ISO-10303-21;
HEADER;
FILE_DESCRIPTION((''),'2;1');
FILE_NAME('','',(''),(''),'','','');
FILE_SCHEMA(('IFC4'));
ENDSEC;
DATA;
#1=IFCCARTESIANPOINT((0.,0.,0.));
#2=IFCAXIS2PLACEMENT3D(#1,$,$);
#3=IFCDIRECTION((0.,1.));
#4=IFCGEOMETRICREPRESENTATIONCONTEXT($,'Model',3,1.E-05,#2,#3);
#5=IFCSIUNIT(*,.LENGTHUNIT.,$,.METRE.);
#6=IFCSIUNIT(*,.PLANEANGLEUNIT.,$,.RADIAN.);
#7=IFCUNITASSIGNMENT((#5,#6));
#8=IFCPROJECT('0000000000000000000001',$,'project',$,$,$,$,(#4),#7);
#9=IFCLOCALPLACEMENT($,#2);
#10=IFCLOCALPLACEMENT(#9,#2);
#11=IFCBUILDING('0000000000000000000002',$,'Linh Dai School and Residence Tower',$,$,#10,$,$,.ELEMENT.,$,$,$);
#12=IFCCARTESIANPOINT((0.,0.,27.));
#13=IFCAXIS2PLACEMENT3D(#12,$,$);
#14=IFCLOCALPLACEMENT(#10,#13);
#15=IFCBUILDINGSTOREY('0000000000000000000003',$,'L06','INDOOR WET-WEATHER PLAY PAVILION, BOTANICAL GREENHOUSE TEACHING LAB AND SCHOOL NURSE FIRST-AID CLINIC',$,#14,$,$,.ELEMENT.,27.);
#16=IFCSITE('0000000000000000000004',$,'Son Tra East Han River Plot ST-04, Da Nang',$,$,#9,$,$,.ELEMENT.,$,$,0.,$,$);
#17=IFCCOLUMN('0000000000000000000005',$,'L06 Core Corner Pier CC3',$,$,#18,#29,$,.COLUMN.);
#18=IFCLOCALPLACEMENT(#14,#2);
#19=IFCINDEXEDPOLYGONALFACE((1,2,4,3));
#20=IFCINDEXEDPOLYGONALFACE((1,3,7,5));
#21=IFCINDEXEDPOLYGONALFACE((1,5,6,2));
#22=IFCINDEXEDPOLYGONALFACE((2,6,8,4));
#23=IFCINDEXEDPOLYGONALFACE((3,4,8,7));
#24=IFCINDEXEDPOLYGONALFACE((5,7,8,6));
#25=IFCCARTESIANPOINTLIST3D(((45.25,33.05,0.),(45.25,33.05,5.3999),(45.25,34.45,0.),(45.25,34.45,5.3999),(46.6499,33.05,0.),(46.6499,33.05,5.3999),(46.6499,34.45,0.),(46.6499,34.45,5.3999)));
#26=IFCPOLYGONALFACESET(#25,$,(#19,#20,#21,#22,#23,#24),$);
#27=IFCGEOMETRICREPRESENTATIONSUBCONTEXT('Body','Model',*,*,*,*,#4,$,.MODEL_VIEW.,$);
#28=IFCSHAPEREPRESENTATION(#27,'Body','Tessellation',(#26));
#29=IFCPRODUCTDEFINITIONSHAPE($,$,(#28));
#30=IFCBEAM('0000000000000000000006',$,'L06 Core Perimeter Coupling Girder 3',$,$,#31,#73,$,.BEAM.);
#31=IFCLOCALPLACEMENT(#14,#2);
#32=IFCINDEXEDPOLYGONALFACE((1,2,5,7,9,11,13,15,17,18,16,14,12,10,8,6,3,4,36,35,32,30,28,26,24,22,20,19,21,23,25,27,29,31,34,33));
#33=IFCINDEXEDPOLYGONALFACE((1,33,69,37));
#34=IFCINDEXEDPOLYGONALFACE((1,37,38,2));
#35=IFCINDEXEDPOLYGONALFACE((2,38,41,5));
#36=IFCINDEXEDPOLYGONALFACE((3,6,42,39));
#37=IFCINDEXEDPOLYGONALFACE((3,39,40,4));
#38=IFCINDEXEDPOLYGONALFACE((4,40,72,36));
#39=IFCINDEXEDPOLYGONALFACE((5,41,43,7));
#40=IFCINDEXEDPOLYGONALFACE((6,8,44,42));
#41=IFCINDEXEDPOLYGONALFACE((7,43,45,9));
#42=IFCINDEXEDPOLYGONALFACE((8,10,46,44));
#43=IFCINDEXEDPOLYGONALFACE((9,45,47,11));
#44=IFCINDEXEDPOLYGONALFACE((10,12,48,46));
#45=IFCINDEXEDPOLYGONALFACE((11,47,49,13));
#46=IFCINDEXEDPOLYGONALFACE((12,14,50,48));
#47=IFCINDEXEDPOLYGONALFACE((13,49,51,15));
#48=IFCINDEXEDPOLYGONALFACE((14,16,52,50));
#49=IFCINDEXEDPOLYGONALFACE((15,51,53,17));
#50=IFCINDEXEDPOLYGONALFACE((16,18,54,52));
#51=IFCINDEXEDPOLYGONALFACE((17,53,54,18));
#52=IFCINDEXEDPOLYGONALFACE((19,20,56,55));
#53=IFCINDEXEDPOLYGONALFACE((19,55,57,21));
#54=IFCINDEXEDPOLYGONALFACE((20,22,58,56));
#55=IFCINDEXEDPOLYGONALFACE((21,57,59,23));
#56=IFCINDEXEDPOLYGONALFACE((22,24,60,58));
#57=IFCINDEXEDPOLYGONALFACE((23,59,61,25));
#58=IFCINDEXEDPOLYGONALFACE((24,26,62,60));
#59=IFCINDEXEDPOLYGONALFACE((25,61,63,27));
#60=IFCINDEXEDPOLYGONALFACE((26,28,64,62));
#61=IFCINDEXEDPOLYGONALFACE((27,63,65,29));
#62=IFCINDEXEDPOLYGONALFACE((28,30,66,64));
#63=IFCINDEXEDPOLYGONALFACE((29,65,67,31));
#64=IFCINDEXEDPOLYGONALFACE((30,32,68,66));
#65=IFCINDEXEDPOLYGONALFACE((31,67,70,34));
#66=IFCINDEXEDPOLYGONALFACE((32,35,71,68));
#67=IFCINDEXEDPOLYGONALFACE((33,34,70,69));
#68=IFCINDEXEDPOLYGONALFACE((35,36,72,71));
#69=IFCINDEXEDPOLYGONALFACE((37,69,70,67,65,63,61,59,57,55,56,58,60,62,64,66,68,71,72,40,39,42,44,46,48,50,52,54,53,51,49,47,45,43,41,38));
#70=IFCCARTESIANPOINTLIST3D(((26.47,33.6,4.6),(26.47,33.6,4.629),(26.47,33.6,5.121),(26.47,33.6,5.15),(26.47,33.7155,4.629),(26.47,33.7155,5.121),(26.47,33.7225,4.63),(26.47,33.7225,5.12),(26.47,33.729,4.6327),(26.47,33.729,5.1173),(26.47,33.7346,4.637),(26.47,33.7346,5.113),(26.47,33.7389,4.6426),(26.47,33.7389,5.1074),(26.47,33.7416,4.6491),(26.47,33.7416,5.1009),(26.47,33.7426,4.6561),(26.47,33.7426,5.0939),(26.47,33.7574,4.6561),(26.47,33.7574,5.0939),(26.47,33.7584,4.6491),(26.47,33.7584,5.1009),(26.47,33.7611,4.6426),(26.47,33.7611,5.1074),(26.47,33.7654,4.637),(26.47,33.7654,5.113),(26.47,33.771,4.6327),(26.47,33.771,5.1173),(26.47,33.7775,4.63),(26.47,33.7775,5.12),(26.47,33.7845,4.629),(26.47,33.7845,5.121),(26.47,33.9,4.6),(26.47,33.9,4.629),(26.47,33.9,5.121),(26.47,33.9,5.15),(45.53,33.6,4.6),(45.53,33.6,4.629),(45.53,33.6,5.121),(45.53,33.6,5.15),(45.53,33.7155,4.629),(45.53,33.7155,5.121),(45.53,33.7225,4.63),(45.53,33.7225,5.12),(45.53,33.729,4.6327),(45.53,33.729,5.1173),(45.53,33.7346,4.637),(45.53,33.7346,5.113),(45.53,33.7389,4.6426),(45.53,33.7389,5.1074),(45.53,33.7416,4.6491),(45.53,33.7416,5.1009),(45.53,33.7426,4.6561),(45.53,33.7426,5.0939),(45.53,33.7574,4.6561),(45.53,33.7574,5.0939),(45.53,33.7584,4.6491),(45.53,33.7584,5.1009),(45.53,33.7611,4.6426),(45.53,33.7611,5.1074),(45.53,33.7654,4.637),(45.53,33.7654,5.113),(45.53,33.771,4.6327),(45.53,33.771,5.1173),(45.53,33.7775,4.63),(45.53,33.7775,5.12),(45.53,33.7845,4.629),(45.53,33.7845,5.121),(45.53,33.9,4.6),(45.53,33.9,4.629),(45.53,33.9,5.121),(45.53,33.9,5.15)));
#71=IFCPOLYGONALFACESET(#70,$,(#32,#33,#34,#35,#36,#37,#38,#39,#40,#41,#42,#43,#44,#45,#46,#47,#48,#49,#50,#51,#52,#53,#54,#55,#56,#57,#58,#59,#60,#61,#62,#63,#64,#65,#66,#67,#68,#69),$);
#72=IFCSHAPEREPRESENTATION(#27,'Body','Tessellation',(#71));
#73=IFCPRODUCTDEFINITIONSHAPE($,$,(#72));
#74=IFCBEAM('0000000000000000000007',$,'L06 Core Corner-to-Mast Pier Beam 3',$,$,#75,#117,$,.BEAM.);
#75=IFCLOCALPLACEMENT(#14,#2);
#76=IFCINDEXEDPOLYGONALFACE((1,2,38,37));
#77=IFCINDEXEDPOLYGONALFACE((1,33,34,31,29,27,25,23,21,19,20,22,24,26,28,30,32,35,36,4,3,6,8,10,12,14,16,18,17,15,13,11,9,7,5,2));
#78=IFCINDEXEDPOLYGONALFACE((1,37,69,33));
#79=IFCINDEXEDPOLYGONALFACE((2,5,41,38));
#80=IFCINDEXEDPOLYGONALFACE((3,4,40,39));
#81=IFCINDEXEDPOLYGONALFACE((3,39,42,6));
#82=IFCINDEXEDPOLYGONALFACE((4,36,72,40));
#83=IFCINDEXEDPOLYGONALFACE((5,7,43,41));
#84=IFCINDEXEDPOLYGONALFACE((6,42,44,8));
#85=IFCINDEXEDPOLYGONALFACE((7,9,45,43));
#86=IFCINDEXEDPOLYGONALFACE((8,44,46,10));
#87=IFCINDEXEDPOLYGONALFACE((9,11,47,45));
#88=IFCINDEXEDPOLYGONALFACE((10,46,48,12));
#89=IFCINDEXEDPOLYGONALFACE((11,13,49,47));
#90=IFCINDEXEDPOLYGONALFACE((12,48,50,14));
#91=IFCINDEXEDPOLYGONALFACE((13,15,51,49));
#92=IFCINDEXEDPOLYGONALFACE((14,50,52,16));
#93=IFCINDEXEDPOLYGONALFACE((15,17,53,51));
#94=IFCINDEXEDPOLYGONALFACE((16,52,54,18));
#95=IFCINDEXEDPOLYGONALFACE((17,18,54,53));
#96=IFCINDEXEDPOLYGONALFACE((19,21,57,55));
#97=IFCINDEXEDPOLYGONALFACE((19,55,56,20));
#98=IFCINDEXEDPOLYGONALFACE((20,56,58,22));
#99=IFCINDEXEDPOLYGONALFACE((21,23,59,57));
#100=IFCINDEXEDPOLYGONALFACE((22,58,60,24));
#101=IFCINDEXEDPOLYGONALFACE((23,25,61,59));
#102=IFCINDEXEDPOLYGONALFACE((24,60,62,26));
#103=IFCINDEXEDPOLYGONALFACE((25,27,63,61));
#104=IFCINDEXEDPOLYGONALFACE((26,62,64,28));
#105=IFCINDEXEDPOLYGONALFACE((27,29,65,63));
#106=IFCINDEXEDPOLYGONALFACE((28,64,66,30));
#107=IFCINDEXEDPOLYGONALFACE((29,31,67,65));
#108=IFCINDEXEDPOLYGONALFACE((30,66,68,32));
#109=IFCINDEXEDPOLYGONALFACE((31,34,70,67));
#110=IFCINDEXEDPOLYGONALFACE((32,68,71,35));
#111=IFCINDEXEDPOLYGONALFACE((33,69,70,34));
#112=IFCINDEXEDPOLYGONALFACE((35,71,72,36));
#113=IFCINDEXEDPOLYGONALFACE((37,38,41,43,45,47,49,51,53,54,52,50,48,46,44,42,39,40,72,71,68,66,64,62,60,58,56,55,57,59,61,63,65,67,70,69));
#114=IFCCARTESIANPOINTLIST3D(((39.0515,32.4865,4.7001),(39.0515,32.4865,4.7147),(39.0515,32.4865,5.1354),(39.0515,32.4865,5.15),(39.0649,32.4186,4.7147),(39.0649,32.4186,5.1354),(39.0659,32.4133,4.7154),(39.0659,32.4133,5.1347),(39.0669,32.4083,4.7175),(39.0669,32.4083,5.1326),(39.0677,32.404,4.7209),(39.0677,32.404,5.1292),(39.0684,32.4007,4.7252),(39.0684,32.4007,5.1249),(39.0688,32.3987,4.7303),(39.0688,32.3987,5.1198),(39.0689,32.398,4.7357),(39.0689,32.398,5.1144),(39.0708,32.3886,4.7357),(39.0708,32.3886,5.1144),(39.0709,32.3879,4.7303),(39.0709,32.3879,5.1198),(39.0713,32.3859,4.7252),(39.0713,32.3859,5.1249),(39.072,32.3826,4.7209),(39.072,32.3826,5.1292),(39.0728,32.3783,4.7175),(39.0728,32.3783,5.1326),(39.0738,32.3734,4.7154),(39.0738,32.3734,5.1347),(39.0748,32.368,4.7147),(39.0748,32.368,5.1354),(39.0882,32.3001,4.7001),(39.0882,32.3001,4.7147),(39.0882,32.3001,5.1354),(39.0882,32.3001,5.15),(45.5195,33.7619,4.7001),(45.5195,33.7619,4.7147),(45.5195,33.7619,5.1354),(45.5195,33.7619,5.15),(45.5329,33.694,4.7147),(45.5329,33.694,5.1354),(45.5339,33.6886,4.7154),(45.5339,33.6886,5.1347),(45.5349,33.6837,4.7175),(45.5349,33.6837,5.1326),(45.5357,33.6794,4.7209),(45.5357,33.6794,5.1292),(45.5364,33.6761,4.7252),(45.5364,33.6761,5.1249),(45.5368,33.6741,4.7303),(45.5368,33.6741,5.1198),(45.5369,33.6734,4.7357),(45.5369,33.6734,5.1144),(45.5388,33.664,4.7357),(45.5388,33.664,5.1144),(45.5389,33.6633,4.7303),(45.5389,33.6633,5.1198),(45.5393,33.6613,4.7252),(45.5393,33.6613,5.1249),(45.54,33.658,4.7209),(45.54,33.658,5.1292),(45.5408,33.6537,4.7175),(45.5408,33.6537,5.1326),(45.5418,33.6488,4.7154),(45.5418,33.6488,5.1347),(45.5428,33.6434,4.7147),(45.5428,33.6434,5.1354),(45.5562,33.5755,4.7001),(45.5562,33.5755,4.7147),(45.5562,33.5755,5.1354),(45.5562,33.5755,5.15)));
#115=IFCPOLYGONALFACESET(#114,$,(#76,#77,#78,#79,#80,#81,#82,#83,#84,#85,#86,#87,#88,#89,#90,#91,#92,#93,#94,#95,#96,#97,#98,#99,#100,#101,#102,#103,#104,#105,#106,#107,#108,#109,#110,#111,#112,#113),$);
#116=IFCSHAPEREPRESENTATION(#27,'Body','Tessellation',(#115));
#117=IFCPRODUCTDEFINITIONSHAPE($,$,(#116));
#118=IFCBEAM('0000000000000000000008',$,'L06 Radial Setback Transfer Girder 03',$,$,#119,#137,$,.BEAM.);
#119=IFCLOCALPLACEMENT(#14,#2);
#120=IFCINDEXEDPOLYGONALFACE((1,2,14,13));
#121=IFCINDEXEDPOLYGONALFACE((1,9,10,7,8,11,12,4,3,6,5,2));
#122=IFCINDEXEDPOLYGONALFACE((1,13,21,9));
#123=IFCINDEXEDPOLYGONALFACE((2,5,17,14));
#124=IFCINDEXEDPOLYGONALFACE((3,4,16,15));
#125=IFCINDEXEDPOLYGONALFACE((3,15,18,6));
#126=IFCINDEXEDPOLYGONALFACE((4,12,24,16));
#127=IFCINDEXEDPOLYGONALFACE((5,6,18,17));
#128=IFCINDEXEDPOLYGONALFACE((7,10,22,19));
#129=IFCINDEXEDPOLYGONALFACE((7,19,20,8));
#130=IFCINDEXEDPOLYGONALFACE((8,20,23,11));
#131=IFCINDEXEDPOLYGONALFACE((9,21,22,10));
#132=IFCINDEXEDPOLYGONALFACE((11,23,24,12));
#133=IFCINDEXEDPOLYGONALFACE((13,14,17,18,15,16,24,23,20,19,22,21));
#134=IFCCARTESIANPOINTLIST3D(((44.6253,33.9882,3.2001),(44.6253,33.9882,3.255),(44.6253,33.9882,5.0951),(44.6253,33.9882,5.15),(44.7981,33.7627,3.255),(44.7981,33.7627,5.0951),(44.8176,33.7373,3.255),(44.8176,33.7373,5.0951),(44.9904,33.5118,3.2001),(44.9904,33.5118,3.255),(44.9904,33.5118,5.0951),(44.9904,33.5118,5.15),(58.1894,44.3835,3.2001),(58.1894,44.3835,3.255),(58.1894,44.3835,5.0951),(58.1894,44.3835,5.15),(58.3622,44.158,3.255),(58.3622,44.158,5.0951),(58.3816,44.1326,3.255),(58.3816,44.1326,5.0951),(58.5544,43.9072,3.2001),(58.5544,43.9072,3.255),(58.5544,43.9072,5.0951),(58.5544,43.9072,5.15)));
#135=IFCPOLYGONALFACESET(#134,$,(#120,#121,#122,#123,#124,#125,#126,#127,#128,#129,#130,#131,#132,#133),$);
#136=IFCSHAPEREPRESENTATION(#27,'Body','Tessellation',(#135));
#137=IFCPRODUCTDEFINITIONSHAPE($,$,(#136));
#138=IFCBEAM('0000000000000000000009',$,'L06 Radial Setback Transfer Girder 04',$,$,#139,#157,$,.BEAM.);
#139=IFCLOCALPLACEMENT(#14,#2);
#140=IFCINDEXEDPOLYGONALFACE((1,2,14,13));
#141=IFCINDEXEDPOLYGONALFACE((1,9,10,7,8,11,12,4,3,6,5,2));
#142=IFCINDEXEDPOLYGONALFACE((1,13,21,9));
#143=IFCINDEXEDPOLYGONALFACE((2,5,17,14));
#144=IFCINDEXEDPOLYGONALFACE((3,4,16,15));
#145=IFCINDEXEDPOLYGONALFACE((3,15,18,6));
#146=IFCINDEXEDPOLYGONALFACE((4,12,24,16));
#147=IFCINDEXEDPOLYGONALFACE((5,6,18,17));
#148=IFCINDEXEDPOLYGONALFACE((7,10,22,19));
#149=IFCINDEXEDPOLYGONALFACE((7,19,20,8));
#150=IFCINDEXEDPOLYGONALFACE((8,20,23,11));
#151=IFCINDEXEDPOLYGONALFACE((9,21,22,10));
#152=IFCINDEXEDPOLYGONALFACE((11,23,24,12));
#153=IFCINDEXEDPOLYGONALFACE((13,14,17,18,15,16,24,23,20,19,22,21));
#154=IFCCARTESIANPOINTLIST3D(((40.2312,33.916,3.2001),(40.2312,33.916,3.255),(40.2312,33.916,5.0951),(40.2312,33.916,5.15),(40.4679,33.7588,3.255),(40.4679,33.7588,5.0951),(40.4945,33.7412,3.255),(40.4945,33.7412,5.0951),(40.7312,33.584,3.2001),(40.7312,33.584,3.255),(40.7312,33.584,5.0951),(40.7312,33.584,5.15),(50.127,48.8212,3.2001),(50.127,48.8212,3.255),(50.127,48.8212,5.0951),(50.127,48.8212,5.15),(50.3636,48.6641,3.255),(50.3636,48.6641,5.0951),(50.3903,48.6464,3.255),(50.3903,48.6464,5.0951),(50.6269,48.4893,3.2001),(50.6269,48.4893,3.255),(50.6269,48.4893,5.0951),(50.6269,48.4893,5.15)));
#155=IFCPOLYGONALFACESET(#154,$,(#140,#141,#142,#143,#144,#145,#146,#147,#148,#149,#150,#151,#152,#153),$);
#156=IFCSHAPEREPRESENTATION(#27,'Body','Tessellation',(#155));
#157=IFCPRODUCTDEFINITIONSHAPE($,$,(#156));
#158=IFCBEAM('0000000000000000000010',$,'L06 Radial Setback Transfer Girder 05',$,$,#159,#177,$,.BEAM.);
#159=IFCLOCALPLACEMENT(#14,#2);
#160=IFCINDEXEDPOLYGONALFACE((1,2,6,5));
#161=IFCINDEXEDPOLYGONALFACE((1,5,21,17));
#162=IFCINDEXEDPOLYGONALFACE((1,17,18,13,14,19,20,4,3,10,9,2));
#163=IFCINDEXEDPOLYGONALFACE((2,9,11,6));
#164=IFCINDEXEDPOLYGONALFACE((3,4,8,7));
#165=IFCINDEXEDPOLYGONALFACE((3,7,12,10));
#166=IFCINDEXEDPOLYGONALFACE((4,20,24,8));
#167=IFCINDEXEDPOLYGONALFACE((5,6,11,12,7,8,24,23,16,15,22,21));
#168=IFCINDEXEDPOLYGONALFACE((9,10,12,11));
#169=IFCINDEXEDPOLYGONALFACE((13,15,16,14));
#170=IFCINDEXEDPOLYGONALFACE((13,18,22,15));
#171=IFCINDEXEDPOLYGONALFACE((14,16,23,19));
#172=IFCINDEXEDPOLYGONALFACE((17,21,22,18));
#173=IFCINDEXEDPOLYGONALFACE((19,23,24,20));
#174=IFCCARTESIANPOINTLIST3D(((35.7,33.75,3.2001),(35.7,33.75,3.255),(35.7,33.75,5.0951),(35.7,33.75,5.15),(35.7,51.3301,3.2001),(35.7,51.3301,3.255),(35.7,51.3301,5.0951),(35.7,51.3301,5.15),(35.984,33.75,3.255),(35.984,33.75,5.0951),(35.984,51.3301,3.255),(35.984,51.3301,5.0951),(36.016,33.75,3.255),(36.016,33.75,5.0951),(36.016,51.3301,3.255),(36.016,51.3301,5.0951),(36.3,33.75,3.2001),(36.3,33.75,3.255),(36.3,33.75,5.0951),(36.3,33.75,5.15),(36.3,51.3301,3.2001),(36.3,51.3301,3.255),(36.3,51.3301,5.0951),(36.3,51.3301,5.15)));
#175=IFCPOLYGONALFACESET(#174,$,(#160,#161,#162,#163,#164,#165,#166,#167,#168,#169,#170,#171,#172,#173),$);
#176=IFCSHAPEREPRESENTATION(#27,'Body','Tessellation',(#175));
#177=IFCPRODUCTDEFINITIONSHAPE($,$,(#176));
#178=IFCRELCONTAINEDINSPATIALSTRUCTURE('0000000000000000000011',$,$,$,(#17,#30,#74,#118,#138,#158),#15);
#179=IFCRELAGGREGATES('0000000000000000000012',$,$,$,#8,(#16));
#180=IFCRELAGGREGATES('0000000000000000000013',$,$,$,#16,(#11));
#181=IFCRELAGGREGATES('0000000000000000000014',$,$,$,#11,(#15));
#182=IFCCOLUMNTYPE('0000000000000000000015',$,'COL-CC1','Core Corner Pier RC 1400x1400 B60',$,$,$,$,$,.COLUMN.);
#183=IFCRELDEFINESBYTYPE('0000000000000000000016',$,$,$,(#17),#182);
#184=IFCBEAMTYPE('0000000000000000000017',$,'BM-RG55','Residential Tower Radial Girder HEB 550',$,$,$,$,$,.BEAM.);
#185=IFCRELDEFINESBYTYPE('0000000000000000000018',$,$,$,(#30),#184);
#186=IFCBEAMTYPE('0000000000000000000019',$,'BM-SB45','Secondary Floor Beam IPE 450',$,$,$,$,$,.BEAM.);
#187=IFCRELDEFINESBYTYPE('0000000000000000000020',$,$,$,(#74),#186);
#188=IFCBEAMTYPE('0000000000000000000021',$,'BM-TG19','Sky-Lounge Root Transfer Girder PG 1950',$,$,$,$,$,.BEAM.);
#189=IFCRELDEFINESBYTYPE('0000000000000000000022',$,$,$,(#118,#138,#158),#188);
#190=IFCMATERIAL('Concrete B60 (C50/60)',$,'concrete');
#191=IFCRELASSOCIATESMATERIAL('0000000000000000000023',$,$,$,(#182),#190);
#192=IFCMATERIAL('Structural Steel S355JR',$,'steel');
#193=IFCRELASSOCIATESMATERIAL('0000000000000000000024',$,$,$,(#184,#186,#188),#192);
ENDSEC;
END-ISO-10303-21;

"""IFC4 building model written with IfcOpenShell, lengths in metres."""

from ifc_helpers import new_model, si_unit, direction, frame, origin, origin_2d, place, context, subcontext, project, spatial, rectangle, i_section, extrude, material, material_profile, profile_set, type_object, element, save


model = new_model("IFC4")

# Units and contexts
model_context = context("Model", 3, precision=1e-05, world=origin(), true_north=direction((0.0, 1.0)))
body_context = subcontext(model_context, "Body", "Model", "MODEL_VIEW")
ifc_project = project(units=[si_unit("LENGTHUNIT", "METRE"), si_unit("PLANEANGLEUNIT", "RADIAN")], contexts=[model_context])

# Site, building, storey
site_placement = place(None, origin())
site = spatial("IfcSite", under=ifc_project, at=site_placement, Name="Son Tra East Han River Plot ST-04, Da Nang", CompositionType="ELEMENT", RefElevation=0.0)
building_placement = place(site_placement, origin())
building = spatial("IfcBuilding", under=site, at=building_placement, Name="Linh Dai School and Residence Tower", CompositionType="ELEMENT")
storey_placement = place(building_placement, frame((0.0, 0.0, 27.0)))
storey = spatial("IfcBuildingStorey", under=building, at=storey_placement, Name="L06", Description="INDOOR WET-WEATHER PLAY PAVILION, BOTANICAL GREENHOUSE TEACHING LAB AND SCHOOL NURSE FIRST-AID CLINIC", CompositionType="ELEMENT", Elevation=27.0)

# Column
ifc_material_1 = material(Name="Concrete B60 (C50/60)", Category="concrete")
ifc_material_profile_1 = material_profile(ifc_material_1, rectangle(XDim=1.3999, YDim=1.3999, at=origin_2d()), Name="RC 1400x1400")
ifc_profile_set_1 = profile_set([ifc_material_profile_1], Name="Concrete B60 (C50/60)")
column_type = type_object("IfcColumnType", Name="COL-CC1", Description="Core Corner Pier RC 1400x1400 B60", PredefinedType="COLUMN", material=ifc_profile_set_1)
column_placement = place(storey_placement, frame((45.95, 33.75, 0.0), z_axis=(0.0, 0.0, 1.0), x_axis=(1.0, 0.0, 0.0)))
element("IfcColumn", 1, at=column_placement, inside=storey, type_object=column_type, Name="L06 Core Corner Pier CC3", PredefinedType="COLUMN", context=body_context, shape_type="SweptSolid", body=[
    extrude(rectangle(XDim=1.3999, YDim=1.3999, at=origin_2d()), origin(), (0.0, 0.0, 1.0), 5.3999),
])

# Beams
ifc_material_2 = material(Name="Structural Steel S355JR", Category="steel")
ifc_material_profile_2 = material_profile(ifc_material_2, i_section(OverallWidth=0.3, OverallDepth=0.55, WebThickness=0.0149, FlangeThickness=0.0291, FilletRadius=0.0271, at=origin_2d()), Name="HEB 550")
ifc_profile_set_2 = profile_set([ifc_material_profile_2], Name="Structural Steel S355JR")
beam_type_1 = type_object("IfcBeamType", Name="BM-RG55", Description="Residential Tower Radial Girder HEB 550", PredefinedType="BEAM", material=ifc_profile_set_2)
beam_1_placement = place(storey_placement, frame((45.53, 33.75, 4.875), z_axis=(-1.0, 0.0, 0.0), x_axis=(0.0, -1.0, 0.0)))
element("IfcBeam", 2, at=beam_1_placement, inside=storey, type_object=beam_type_1, Name="L06 Core Perimeter Coupling Girder 3", PredefinedType="BEAM", context=body_context, shape_type="SweptSolid", body=[
    extrude(i_section(OverallWidth=0.3, OverallDepth=0.55, WebThickness=0.0149, FlangeThickness=0.0291, FilletRadius=0.0271, at=origin_2d()), origin(), (0.0, 0.0, 1.0), 19.0601),
])
ifc_material_profile_3 = material_profile(ifc_material_2, i_section(OverallWidth=0.1899, OverallDepth=0.45, WebThickness=0.0095, FlangeThickness=0.0146, FilletRadius=0.021, at=origin_2d()), Name="IPE 450")
ifc_profile_set_3 = profile_set([ifc_material_profile_3], Name="Structural Steel S355JR")
beam_type_2 = type_object("IfcBeamType", Name="BM-SB45", Description="Secondary Floor Beam IPE 450", PredefinedType="BEAM", material=ifc_profile_set_3)
beam_2_placement = place(storey_placement, frame((45.5378, 33.6687, 4.925), z_axis=(-0.981108, -0.193459, 0.0), x_axis=(0.193459, -0.981108, 0.0)))
element("IfcBeam", 3, at=beam_2_placement, inside=storey, type_object=beam_type_2, Name="L06 Core Corner-to-Mast Pier Beam 3", PredefinedType="BEAM", context=body_context, shape_type="SweptSolid", body=[
    extrude(i_section(OverallWidth=0.1899, OverallDepth=0.45, WebThickness=0.0095, FlangeThickness=0.0146, FilletRadius=0.021, at=origin_2d()), origin(), (0.0, 0.0, 1.0), 6.5925),
])
ifc_material_profile_4 = material_profile(ifc_material_2, i_section(OverallWidth=0.6001, OverallDepth=1.95, WebThickness=0.032, FlangeThickness=0.0549, at=origin_2d()), Name="PG 1950x600x32x55")
ifc_profile_set_4 = profile_set([ifc_material_profile_4], Name="Structural Steel S355JR")
beam_type_3 = type_object("IfcBeamType", Name="BM-TG19", Description="Sky-Lounge Root Transfer Girder PG 1950", PredefinedType="BEAM", material=ifc_profile_set_4)
beam_3_placement = place(storey_placement, frame((44.8079, 33.75, 4.175), z_axis=(0.793713, 0.608292, 0.0), x_axis=(-0.608292, 0.793713, 0.0)))
element("IfcBeam", 4, at=beam_3_placement, inside=storey, type_object=beam_type_3, Name="L06 Radial Setback Transfer Girder 03", PredefinedType="BEAM", context=body_context, shape_type="SweptSolid", body=[
    extrude(i_section(OverallWidth=0.6001, OverallDepth=1.95, WebThickness=0.032, FlangeThickness=0.0549, at=origin_2d()), origin(), (0.0, 0.0, 1.0), 17.0894),
])
beam_4_placement = place(storey_placement, frame((40.4812, 33.75, 4.175), z_axis=(0.553109, 0.833109, 0.0), x_axis=(-0.833109, 0.553109, 0.0)))
element("IfcBeam", 5, at=beam_4_placement, inside=storey, type_object=beam_type_3, Name="L06 Radial Setback Transfer Girder 04", PredefinedType="BEAM", context=body_context, shape_type="SweptSolid", body=[
    extrude(i_section(OverallWidth=0.6001, OverallDepth=1.95, WebThickness=0.032, FlangeThickness=0.0549, at=origin_2d()), origin(), (0.0, 0.0, 1.0), 17.8911),
])
beam_5_placement = place(storey_placement, frame((36.0, 33.75, 4.175), z_axis=(0.0, 1.0, 0.0), x_axis=(-1.0, 0.0, 0.0)))
element("IfcBeam", 6, at=beam_5_placement, inside=storey, type_object=beam_type_3, Name="L06 Radial Setback Transfer Girder 05", PredefinedType="BEAM", context=body_context, shape_type="SweptSolid", body=[
    extrude(i_section(OverallWidth=0.6001, OverallDepth=1.95, WebThickness=0.032, FlangeThickness=0.0549, at=origin_2d()), origin(), (0.0, 0.0, 1.0), 17.5801),
])

save(model, "model.ifc")
